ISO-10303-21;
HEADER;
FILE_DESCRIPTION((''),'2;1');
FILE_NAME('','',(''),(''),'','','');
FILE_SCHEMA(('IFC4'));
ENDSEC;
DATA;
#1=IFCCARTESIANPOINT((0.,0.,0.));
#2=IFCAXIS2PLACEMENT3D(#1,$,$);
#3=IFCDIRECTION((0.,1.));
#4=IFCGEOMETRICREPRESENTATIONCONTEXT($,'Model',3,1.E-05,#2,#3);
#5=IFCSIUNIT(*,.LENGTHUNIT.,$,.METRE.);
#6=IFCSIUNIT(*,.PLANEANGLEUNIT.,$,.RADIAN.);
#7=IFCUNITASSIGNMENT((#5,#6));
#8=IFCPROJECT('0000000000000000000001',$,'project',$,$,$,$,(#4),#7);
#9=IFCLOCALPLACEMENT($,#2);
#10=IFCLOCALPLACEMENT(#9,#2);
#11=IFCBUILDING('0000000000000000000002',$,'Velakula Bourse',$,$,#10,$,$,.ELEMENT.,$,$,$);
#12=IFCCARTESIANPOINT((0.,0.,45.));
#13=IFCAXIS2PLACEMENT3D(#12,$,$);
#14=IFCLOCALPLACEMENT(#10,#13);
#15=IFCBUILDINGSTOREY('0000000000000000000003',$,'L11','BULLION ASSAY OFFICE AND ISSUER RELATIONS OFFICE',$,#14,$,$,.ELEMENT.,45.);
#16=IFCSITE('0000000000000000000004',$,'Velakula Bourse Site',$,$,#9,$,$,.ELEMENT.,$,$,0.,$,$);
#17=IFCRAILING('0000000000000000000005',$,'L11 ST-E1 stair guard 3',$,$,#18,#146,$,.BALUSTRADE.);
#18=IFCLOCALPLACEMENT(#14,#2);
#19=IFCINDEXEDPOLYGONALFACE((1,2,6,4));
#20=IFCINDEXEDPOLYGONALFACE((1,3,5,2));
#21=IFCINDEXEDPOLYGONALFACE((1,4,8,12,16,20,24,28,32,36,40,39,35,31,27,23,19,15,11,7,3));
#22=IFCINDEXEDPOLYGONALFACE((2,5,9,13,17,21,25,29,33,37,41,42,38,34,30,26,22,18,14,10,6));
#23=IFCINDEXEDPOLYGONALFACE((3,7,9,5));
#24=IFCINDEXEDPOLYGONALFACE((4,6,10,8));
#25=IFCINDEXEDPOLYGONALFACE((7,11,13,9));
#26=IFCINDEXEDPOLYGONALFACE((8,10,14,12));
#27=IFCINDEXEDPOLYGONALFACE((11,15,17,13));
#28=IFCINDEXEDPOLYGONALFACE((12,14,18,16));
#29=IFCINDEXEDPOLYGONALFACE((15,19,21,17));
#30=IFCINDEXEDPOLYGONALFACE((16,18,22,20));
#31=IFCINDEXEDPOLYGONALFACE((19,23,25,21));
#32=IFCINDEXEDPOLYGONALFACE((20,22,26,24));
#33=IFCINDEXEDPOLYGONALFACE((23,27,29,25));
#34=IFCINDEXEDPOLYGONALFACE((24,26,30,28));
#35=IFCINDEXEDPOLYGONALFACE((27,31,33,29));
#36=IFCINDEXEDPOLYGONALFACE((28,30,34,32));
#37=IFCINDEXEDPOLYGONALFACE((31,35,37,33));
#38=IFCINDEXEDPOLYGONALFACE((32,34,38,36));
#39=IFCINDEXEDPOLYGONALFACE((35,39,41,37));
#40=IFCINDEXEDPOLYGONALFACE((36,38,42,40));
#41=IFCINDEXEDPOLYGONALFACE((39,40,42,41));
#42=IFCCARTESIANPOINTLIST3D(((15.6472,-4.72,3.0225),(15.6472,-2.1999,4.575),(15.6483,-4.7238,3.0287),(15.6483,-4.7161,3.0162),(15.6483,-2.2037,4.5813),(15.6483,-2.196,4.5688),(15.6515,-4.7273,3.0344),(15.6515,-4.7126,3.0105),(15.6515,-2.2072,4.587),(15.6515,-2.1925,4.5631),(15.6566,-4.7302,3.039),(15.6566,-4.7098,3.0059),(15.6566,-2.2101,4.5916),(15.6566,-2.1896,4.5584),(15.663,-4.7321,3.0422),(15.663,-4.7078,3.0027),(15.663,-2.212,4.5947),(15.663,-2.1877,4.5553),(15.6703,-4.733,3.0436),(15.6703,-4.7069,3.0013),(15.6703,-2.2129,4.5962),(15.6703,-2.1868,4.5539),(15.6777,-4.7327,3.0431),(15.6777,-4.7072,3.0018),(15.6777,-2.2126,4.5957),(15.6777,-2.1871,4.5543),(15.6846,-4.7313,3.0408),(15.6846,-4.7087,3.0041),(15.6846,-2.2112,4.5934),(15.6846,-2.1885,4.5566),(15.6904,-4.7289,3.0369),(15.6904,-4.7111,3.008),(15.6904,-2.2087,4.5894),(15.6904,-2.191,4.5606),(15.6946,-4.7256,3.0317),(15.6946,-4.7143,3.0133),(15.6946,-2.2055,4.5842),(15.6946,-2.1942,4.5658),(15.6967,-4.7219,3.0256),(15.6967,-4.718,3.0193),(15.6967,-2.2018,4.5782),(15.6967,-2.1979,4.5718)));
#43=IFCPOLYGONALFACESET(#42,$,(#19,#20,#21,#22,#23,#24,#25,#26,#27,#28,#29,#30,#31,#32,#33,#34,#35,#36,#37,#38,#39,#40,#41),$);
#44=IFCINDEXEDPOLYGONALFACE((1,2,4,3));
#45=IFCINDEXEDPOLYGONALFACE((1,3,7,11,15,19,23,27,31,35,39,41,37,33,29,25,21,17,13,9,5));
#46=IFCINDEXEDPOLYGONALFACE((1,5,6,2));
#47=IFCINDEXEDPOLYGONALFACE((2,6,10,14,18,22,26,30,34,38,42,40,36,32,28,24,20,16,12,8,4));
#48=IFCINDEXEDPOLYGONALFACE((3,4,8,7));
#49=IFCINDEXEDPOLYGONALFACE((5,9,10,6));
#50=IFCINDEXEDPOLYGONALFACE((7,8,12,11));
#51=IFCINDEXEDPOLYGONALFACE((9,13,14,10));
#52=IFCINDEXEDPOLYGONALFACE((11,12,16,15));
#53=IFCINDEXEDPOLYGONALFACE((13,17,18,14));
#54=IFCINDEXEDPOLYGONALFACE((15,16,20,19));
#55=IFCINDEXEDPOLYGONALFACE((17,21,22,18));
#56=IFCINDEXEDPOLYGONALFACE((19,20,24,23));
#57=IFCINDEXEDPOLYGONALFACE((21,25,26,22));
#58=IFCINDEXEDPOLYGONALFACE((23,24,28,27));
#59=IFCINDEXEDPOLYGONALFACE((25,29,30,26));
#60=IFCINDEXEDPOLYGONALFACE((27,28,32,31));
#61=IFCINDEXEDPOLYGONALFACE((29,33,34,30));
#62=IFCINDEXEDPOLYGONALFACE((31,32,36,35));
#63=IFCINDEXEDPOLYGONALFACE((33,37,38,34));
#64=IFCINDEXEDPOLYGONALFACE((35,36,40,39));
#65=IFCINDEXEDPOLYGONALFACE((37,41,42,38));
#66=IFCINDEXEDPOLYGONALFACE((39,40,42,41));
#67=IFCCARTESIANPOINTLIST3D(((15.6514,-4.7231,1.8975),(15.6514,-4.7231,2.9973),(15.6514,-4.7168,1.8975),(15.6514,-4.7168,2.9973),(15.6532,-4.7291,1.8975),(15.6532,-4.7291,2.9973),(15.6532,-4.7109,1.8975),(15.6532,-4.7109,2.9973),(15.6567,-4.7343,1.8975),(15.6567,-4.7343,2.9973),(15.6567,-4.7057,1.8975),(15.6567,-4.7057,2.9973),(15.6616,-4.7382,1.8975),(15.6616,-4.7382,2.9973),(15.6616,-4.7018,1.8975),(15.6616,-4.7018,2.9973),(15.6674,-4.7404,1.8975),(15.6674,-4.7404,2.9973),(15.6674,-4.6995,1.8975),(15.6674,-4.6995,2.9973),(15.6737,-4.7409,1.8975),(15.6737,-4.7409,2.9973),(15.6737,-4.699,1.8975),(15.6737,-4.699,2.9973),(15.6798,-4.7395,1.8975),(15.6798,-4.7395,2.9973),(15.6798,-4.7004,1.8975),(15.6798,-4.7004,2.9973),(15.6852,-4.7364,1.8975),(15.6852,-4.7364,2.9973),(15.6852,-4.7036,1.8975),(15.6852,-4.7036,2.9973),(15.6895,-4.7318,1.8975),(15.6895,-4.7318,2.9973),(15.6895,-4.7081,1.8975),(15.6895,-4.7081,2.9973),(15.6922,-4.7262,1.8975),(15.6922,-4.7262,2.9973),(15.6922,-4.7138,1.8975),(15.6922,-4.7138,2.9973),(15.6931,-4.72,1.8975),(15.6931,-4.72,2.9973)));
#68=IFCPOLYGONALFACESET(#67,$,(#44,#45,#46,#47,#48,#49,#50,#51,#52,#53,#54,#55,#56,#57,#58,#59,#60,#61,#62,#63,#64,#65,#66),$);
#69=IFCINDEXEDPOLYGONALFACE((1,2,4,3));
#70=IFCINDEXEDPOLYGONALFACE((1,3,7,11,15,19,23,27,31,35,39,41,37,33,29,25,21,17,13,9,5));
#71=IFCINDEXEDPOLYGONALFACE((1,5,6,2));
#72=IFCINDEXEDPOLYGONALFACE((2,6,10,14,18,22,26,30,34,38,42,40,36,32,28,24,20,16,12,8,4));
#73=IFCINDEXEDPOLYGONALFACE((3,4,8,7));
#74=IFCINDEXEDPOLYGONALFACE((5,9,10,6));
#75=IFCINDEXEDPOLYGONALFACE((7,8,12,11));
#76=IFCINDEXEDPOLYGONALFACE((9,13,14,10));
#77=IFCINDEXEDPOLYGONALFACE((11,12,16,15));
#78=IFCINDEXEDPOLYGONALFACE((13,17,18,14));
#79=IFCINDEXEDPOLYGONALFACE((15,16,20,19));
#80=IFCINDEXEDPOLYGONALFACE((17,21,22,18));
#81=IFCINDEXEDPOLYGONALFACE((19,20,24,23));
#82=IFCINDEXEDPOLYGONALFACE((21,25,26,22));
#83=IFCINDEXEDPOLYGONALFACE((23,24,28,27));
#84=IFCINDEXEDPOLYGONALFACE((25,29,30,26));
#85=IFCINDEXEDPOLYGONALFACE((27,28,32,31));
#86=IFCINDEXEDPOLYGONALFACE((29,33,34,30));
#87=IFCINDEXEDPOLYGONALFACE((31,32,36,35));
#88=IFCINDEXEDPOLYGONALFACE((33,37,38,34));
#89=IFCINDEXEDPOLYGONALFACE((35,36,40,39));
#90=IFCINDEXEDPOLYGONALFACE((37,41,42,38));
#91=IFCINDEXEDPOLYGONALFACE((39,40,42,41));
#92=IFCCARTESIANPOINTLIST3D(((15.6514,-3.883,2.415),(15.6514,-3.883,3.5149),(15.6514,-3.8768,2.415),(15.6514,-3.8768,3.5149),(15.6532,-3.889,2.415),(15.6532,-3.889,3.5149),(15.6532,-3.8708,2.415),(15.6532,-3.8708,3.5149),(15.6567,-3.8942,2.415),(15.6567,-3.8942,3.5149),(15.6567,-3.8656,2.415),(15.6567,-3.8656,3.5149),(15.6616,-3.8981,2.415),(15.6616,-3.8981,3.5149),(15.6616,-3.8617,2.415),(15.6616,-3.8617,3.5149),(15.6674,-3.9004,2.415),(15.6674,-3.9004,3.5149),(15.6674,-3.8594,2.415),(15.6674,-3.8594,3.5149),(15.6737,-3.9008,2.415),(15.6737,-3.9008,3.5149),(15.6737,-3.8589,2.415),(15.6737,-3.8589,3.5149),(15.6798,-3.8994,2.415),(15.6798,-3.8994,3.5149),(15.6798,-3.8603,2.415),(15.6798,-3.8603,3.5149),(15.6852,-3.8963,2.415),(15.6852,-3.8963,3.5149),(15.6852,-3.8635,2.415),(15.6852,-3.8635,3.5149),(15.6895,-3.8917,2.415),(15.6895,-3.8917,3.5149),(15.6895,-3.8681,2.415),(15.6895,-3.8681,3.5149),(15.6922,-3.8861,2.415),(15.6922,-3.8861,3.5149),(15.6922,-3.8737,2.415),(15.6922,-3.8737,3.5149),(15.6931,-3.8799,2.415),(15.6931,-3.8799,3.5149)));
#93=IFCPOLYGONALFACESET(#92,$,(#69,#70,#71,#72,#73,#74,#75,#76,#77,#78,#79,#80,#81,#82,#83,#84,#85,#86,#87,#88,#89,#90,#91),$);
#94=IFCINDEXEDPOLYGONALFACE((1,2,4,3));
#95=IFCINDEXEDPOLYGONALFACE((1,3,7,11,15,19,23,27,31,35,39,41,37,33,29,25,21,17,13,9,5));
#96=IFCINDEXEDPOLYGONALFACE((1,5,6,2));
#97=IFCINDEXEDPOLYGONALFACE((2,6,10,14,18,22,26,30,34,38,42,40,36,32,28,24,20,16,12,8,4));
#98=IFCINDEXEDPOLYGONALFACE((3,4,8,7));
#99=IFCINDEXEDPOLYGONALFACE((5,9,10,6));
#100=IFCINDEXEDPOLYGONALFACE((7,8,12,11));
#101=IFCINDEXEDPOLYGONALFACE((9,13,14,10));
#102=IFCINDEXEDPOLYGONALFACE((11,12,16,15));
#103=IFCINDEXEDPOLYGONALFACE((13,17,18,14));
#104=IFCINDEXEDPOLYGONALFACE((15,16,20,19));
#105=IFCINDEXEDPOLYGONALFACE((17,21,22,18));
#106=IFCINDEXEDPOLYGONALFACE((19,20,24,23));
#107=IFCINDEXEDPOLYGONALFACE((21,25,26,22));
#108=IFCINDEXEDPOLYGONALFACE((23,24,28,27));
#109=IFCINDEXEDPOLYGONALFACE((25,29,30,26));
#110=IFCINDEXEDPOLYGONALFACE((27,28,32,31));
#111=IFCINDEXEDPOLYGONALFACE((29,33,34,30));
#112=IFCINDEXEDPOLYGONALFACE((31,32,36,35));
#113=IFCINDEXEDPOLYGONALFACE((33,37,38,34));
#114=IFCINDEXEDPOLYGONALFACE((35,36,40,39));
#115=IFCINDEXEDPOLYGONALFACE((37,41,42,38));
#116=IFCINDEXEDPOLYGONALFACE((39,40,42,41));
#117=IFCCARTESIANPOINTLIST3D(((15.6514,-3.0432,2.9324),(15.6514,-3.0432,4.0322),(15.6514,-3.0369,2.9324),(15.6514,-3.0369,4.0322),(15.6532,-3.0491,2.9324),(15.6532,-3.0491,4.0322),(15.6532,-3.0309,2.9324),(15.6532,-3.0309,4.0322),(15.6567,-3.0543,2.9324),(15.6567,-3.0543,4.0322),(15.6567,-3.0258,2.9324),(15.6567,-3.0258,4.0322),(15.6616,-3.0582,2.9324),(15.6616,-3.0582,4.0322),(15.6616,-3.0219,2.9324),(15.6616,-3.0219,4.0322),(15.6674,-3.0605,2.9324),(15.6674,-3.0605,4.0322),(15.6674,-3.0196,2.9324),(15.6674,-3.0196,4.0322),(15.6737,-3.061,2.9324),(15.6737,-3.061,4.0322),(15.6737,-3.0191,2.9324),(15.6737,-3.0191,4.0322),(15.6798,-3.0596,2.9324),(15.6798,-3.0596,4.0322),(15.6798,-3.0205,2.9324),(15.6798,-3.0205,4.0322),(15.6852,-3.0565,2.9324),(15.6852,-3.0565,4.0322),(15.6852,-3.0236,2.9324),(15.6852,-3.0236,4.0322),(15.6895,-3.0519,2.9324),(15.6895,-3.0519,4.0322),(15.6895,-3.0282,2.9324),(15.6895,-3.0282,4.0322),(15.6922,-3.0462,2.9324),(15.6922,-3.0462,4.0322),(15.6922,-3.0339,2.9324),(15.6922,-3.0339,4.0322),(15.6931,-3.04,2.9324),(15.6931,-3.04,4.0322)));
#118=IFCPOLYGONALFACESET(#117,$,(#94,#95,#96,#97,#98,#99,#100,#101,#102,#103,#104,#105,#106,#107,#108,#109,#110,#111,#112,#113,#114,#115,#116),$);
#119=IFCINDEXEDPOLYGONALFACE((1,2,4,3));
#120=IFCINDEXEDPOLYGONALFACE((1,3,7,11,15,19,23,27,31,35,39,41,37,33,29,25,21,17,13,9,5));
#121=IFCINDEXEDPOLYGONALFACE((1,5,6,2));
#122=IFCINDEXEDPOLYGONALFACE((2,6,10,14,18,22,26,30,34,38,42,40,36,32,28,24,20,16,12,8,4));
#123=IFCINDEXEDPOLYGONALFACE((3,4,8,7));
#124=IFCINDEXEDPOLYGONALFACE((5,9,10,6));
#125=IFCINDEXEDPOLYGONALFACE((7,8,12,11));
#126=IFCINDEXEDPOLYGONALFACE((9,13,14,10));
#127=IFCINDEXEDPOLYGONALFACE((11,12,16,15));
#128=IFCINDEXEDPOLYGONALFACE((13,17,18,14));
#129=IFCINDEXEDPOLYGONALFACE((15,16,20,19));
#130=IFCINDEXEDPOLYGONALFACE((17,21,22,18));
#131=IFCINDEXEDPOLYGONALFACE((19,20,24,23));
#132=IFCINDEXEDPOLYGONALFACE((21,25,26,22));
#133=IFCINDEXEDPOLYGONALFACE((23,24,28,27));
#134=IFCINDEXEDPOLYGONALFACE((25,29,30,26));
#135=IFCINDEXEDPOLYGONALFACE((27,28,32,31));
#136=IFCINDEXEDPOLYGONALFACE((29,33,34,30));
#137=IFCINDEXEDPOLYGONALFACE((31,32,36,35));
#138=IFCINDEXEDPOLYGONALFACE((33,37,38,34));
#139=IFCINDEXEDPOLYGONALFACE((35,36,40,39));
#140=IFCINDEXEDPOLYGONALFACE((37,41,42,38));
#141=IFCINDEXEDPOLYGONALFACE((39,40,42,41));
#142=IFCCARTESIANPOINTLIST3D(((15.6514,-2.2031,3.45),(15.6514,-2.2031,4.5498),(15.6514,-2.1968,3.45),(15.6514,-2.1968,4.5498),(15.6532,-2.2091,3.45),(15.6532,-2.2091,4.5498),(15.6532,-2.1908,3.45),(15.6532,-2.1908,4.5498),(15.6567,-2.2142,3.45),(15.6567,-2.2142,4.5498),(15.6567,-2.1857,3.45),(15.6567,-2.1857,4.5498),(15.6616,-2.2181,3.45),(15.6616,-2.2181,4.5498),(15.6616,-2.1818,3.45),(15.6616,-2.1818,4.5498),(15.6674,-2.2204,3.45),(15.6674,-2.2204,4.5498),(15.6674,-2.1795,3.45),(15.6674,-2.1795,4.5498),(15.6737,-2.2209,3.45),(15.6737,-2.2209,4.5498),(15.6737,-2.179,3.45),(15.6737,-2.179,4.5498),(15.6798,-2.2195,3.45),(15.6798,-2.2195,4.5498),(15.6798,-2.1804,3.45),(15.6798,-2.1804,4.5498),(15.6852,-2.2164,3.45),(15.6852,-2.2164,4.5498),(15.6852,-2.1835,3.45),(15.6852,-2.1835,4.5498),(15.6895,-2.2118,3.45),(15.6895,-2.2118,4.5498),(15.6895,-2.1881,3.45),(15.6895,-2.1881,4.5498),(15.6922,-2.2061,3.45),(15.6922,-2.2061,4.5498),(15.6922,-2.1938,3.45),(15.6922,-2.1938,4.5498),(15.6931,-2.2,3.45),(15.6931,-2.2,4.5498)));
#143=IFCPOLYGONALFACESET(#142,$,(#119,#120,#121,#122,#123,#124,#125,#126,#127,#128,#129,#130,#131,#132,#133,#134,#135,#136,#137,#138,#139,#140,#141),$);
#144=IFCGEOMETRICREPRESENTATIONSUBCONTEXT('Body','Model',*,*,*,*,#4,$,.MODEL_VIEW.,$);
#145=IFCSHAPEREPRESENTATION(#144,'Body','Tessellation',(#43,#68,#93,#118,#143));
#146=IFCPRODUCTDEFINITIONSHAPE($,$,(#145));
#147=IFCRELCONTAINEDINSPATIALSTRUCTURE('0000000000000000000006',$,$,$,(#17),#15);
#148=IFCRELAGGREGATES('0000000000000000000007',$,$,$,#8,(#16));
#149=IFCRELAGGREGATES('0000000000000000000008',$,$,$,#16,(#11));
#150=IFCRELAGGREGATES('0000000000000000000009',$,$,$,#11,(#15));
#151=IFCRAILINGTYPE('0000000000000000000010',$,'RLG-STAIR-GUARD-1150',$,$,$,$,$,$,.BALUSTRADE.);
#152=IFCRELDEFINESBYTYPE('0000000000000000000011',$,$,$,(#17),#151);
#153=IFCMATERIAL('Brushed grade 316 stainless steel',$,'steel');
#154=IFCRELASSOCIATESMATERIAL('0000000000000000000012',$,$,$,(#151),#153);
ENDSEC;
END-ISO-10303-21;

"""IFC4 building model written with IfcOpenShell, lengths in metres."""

from ifc_helpers import new_model, si_unit, direction, frame, origin, origin_2d, place, context, subcontext, project, spatial, circle, extrude, material, type_object, element, save


model = new_model("IFC4")

# Units and contexts
model_context = context("Model", 3, precision=1e-05, world=origin(), true_north=direction((0.0, 1.0)))
body_context = subcontext(model_context, "Body", "Model", "MODEL_VIEW")
ifc_project = project(units=[si_unit("LENGTHUNIT", "METRE"), si_unit("PLANEANGLEUNIT", "RADIAN")], contexts=[model_context])

# Site, building, storey
site_placement = place(None, origin())
site = spatial("IfcSite", under=ifc_project, at=site_placement, Name="Velakula Bourse Site", CompositionType="ELEMENT", RefElevation=0.0)
building_placement = place(site_placement, origin())
building = spatial("IfcBuilding", under=site, at=building_placement, Name="Velakula Bourse", CompositionType="ELEMENT")
storey_placement = place(building_placement, frame((0.0, 0.0, 45.0)))
storey = spatial("IfcBuildingStorey", under=building, at=storey_placement, Name="L11", Description="BULLION ASSAY OFFICE AND ISSUER RELATIONS OFFICE", CompositionType="ELEMENT", Elevation=45.0)

# Shared definitions
ifc_material_1 = material(Name="Brushed grade 316 stainless steel", Category="steel")

# Railing
railing_type_1 = type_object("IfcRailingType", Name="RLG-STAIR-GUARD-1150", PredefinedType="BALUSTRADE", material=ifc_material_1)
railing_1_placement = place(storey_placement, frame((15.6721, -4.72, 1.8975)))
element("IfcRailing", 1, at=railing_1_placement, inside=storey, type_object=railing_type_1, Name="L11 ST-E1 stair guard 3", PredefinedType="BALUSTRADE", context=body_context, shape_type="SweptSolid", body=[
    extrude(circle(Radius=0.0249, at=origin_2d()), frame((0.0, 0.0, 1.125), z_axis=(0.0, 0.8514, 0.524516), x_axis=(-1.0, 0.0, 0.0)), (0.0, 0.0, 1.0), 2.96),
    extrude(circle(Radius=0.021, at=origin_2d()), origin(), (0.0, 0.0, 1.0), 1.0999),
    extrude(circle(Radius=0.021, at=origin_2d()), frame((0.0, 0.8401, 0.5176)), (0.0, 0.0, 1.0), 1.0999),
    extrude(circle(Radius=0.021, at=origin_2d()), frame((0.0, 1.6799, 1.0349)), (0.0, 0.0, 1.0), 1.0999),
    extrude(circle(Radius=0.021, at=origin_2d()), frame((0.0, 2.52, 1.5525)), (0.0, 0.0, 1.0), 1.0999),
])

save(model, "model.ifc")
